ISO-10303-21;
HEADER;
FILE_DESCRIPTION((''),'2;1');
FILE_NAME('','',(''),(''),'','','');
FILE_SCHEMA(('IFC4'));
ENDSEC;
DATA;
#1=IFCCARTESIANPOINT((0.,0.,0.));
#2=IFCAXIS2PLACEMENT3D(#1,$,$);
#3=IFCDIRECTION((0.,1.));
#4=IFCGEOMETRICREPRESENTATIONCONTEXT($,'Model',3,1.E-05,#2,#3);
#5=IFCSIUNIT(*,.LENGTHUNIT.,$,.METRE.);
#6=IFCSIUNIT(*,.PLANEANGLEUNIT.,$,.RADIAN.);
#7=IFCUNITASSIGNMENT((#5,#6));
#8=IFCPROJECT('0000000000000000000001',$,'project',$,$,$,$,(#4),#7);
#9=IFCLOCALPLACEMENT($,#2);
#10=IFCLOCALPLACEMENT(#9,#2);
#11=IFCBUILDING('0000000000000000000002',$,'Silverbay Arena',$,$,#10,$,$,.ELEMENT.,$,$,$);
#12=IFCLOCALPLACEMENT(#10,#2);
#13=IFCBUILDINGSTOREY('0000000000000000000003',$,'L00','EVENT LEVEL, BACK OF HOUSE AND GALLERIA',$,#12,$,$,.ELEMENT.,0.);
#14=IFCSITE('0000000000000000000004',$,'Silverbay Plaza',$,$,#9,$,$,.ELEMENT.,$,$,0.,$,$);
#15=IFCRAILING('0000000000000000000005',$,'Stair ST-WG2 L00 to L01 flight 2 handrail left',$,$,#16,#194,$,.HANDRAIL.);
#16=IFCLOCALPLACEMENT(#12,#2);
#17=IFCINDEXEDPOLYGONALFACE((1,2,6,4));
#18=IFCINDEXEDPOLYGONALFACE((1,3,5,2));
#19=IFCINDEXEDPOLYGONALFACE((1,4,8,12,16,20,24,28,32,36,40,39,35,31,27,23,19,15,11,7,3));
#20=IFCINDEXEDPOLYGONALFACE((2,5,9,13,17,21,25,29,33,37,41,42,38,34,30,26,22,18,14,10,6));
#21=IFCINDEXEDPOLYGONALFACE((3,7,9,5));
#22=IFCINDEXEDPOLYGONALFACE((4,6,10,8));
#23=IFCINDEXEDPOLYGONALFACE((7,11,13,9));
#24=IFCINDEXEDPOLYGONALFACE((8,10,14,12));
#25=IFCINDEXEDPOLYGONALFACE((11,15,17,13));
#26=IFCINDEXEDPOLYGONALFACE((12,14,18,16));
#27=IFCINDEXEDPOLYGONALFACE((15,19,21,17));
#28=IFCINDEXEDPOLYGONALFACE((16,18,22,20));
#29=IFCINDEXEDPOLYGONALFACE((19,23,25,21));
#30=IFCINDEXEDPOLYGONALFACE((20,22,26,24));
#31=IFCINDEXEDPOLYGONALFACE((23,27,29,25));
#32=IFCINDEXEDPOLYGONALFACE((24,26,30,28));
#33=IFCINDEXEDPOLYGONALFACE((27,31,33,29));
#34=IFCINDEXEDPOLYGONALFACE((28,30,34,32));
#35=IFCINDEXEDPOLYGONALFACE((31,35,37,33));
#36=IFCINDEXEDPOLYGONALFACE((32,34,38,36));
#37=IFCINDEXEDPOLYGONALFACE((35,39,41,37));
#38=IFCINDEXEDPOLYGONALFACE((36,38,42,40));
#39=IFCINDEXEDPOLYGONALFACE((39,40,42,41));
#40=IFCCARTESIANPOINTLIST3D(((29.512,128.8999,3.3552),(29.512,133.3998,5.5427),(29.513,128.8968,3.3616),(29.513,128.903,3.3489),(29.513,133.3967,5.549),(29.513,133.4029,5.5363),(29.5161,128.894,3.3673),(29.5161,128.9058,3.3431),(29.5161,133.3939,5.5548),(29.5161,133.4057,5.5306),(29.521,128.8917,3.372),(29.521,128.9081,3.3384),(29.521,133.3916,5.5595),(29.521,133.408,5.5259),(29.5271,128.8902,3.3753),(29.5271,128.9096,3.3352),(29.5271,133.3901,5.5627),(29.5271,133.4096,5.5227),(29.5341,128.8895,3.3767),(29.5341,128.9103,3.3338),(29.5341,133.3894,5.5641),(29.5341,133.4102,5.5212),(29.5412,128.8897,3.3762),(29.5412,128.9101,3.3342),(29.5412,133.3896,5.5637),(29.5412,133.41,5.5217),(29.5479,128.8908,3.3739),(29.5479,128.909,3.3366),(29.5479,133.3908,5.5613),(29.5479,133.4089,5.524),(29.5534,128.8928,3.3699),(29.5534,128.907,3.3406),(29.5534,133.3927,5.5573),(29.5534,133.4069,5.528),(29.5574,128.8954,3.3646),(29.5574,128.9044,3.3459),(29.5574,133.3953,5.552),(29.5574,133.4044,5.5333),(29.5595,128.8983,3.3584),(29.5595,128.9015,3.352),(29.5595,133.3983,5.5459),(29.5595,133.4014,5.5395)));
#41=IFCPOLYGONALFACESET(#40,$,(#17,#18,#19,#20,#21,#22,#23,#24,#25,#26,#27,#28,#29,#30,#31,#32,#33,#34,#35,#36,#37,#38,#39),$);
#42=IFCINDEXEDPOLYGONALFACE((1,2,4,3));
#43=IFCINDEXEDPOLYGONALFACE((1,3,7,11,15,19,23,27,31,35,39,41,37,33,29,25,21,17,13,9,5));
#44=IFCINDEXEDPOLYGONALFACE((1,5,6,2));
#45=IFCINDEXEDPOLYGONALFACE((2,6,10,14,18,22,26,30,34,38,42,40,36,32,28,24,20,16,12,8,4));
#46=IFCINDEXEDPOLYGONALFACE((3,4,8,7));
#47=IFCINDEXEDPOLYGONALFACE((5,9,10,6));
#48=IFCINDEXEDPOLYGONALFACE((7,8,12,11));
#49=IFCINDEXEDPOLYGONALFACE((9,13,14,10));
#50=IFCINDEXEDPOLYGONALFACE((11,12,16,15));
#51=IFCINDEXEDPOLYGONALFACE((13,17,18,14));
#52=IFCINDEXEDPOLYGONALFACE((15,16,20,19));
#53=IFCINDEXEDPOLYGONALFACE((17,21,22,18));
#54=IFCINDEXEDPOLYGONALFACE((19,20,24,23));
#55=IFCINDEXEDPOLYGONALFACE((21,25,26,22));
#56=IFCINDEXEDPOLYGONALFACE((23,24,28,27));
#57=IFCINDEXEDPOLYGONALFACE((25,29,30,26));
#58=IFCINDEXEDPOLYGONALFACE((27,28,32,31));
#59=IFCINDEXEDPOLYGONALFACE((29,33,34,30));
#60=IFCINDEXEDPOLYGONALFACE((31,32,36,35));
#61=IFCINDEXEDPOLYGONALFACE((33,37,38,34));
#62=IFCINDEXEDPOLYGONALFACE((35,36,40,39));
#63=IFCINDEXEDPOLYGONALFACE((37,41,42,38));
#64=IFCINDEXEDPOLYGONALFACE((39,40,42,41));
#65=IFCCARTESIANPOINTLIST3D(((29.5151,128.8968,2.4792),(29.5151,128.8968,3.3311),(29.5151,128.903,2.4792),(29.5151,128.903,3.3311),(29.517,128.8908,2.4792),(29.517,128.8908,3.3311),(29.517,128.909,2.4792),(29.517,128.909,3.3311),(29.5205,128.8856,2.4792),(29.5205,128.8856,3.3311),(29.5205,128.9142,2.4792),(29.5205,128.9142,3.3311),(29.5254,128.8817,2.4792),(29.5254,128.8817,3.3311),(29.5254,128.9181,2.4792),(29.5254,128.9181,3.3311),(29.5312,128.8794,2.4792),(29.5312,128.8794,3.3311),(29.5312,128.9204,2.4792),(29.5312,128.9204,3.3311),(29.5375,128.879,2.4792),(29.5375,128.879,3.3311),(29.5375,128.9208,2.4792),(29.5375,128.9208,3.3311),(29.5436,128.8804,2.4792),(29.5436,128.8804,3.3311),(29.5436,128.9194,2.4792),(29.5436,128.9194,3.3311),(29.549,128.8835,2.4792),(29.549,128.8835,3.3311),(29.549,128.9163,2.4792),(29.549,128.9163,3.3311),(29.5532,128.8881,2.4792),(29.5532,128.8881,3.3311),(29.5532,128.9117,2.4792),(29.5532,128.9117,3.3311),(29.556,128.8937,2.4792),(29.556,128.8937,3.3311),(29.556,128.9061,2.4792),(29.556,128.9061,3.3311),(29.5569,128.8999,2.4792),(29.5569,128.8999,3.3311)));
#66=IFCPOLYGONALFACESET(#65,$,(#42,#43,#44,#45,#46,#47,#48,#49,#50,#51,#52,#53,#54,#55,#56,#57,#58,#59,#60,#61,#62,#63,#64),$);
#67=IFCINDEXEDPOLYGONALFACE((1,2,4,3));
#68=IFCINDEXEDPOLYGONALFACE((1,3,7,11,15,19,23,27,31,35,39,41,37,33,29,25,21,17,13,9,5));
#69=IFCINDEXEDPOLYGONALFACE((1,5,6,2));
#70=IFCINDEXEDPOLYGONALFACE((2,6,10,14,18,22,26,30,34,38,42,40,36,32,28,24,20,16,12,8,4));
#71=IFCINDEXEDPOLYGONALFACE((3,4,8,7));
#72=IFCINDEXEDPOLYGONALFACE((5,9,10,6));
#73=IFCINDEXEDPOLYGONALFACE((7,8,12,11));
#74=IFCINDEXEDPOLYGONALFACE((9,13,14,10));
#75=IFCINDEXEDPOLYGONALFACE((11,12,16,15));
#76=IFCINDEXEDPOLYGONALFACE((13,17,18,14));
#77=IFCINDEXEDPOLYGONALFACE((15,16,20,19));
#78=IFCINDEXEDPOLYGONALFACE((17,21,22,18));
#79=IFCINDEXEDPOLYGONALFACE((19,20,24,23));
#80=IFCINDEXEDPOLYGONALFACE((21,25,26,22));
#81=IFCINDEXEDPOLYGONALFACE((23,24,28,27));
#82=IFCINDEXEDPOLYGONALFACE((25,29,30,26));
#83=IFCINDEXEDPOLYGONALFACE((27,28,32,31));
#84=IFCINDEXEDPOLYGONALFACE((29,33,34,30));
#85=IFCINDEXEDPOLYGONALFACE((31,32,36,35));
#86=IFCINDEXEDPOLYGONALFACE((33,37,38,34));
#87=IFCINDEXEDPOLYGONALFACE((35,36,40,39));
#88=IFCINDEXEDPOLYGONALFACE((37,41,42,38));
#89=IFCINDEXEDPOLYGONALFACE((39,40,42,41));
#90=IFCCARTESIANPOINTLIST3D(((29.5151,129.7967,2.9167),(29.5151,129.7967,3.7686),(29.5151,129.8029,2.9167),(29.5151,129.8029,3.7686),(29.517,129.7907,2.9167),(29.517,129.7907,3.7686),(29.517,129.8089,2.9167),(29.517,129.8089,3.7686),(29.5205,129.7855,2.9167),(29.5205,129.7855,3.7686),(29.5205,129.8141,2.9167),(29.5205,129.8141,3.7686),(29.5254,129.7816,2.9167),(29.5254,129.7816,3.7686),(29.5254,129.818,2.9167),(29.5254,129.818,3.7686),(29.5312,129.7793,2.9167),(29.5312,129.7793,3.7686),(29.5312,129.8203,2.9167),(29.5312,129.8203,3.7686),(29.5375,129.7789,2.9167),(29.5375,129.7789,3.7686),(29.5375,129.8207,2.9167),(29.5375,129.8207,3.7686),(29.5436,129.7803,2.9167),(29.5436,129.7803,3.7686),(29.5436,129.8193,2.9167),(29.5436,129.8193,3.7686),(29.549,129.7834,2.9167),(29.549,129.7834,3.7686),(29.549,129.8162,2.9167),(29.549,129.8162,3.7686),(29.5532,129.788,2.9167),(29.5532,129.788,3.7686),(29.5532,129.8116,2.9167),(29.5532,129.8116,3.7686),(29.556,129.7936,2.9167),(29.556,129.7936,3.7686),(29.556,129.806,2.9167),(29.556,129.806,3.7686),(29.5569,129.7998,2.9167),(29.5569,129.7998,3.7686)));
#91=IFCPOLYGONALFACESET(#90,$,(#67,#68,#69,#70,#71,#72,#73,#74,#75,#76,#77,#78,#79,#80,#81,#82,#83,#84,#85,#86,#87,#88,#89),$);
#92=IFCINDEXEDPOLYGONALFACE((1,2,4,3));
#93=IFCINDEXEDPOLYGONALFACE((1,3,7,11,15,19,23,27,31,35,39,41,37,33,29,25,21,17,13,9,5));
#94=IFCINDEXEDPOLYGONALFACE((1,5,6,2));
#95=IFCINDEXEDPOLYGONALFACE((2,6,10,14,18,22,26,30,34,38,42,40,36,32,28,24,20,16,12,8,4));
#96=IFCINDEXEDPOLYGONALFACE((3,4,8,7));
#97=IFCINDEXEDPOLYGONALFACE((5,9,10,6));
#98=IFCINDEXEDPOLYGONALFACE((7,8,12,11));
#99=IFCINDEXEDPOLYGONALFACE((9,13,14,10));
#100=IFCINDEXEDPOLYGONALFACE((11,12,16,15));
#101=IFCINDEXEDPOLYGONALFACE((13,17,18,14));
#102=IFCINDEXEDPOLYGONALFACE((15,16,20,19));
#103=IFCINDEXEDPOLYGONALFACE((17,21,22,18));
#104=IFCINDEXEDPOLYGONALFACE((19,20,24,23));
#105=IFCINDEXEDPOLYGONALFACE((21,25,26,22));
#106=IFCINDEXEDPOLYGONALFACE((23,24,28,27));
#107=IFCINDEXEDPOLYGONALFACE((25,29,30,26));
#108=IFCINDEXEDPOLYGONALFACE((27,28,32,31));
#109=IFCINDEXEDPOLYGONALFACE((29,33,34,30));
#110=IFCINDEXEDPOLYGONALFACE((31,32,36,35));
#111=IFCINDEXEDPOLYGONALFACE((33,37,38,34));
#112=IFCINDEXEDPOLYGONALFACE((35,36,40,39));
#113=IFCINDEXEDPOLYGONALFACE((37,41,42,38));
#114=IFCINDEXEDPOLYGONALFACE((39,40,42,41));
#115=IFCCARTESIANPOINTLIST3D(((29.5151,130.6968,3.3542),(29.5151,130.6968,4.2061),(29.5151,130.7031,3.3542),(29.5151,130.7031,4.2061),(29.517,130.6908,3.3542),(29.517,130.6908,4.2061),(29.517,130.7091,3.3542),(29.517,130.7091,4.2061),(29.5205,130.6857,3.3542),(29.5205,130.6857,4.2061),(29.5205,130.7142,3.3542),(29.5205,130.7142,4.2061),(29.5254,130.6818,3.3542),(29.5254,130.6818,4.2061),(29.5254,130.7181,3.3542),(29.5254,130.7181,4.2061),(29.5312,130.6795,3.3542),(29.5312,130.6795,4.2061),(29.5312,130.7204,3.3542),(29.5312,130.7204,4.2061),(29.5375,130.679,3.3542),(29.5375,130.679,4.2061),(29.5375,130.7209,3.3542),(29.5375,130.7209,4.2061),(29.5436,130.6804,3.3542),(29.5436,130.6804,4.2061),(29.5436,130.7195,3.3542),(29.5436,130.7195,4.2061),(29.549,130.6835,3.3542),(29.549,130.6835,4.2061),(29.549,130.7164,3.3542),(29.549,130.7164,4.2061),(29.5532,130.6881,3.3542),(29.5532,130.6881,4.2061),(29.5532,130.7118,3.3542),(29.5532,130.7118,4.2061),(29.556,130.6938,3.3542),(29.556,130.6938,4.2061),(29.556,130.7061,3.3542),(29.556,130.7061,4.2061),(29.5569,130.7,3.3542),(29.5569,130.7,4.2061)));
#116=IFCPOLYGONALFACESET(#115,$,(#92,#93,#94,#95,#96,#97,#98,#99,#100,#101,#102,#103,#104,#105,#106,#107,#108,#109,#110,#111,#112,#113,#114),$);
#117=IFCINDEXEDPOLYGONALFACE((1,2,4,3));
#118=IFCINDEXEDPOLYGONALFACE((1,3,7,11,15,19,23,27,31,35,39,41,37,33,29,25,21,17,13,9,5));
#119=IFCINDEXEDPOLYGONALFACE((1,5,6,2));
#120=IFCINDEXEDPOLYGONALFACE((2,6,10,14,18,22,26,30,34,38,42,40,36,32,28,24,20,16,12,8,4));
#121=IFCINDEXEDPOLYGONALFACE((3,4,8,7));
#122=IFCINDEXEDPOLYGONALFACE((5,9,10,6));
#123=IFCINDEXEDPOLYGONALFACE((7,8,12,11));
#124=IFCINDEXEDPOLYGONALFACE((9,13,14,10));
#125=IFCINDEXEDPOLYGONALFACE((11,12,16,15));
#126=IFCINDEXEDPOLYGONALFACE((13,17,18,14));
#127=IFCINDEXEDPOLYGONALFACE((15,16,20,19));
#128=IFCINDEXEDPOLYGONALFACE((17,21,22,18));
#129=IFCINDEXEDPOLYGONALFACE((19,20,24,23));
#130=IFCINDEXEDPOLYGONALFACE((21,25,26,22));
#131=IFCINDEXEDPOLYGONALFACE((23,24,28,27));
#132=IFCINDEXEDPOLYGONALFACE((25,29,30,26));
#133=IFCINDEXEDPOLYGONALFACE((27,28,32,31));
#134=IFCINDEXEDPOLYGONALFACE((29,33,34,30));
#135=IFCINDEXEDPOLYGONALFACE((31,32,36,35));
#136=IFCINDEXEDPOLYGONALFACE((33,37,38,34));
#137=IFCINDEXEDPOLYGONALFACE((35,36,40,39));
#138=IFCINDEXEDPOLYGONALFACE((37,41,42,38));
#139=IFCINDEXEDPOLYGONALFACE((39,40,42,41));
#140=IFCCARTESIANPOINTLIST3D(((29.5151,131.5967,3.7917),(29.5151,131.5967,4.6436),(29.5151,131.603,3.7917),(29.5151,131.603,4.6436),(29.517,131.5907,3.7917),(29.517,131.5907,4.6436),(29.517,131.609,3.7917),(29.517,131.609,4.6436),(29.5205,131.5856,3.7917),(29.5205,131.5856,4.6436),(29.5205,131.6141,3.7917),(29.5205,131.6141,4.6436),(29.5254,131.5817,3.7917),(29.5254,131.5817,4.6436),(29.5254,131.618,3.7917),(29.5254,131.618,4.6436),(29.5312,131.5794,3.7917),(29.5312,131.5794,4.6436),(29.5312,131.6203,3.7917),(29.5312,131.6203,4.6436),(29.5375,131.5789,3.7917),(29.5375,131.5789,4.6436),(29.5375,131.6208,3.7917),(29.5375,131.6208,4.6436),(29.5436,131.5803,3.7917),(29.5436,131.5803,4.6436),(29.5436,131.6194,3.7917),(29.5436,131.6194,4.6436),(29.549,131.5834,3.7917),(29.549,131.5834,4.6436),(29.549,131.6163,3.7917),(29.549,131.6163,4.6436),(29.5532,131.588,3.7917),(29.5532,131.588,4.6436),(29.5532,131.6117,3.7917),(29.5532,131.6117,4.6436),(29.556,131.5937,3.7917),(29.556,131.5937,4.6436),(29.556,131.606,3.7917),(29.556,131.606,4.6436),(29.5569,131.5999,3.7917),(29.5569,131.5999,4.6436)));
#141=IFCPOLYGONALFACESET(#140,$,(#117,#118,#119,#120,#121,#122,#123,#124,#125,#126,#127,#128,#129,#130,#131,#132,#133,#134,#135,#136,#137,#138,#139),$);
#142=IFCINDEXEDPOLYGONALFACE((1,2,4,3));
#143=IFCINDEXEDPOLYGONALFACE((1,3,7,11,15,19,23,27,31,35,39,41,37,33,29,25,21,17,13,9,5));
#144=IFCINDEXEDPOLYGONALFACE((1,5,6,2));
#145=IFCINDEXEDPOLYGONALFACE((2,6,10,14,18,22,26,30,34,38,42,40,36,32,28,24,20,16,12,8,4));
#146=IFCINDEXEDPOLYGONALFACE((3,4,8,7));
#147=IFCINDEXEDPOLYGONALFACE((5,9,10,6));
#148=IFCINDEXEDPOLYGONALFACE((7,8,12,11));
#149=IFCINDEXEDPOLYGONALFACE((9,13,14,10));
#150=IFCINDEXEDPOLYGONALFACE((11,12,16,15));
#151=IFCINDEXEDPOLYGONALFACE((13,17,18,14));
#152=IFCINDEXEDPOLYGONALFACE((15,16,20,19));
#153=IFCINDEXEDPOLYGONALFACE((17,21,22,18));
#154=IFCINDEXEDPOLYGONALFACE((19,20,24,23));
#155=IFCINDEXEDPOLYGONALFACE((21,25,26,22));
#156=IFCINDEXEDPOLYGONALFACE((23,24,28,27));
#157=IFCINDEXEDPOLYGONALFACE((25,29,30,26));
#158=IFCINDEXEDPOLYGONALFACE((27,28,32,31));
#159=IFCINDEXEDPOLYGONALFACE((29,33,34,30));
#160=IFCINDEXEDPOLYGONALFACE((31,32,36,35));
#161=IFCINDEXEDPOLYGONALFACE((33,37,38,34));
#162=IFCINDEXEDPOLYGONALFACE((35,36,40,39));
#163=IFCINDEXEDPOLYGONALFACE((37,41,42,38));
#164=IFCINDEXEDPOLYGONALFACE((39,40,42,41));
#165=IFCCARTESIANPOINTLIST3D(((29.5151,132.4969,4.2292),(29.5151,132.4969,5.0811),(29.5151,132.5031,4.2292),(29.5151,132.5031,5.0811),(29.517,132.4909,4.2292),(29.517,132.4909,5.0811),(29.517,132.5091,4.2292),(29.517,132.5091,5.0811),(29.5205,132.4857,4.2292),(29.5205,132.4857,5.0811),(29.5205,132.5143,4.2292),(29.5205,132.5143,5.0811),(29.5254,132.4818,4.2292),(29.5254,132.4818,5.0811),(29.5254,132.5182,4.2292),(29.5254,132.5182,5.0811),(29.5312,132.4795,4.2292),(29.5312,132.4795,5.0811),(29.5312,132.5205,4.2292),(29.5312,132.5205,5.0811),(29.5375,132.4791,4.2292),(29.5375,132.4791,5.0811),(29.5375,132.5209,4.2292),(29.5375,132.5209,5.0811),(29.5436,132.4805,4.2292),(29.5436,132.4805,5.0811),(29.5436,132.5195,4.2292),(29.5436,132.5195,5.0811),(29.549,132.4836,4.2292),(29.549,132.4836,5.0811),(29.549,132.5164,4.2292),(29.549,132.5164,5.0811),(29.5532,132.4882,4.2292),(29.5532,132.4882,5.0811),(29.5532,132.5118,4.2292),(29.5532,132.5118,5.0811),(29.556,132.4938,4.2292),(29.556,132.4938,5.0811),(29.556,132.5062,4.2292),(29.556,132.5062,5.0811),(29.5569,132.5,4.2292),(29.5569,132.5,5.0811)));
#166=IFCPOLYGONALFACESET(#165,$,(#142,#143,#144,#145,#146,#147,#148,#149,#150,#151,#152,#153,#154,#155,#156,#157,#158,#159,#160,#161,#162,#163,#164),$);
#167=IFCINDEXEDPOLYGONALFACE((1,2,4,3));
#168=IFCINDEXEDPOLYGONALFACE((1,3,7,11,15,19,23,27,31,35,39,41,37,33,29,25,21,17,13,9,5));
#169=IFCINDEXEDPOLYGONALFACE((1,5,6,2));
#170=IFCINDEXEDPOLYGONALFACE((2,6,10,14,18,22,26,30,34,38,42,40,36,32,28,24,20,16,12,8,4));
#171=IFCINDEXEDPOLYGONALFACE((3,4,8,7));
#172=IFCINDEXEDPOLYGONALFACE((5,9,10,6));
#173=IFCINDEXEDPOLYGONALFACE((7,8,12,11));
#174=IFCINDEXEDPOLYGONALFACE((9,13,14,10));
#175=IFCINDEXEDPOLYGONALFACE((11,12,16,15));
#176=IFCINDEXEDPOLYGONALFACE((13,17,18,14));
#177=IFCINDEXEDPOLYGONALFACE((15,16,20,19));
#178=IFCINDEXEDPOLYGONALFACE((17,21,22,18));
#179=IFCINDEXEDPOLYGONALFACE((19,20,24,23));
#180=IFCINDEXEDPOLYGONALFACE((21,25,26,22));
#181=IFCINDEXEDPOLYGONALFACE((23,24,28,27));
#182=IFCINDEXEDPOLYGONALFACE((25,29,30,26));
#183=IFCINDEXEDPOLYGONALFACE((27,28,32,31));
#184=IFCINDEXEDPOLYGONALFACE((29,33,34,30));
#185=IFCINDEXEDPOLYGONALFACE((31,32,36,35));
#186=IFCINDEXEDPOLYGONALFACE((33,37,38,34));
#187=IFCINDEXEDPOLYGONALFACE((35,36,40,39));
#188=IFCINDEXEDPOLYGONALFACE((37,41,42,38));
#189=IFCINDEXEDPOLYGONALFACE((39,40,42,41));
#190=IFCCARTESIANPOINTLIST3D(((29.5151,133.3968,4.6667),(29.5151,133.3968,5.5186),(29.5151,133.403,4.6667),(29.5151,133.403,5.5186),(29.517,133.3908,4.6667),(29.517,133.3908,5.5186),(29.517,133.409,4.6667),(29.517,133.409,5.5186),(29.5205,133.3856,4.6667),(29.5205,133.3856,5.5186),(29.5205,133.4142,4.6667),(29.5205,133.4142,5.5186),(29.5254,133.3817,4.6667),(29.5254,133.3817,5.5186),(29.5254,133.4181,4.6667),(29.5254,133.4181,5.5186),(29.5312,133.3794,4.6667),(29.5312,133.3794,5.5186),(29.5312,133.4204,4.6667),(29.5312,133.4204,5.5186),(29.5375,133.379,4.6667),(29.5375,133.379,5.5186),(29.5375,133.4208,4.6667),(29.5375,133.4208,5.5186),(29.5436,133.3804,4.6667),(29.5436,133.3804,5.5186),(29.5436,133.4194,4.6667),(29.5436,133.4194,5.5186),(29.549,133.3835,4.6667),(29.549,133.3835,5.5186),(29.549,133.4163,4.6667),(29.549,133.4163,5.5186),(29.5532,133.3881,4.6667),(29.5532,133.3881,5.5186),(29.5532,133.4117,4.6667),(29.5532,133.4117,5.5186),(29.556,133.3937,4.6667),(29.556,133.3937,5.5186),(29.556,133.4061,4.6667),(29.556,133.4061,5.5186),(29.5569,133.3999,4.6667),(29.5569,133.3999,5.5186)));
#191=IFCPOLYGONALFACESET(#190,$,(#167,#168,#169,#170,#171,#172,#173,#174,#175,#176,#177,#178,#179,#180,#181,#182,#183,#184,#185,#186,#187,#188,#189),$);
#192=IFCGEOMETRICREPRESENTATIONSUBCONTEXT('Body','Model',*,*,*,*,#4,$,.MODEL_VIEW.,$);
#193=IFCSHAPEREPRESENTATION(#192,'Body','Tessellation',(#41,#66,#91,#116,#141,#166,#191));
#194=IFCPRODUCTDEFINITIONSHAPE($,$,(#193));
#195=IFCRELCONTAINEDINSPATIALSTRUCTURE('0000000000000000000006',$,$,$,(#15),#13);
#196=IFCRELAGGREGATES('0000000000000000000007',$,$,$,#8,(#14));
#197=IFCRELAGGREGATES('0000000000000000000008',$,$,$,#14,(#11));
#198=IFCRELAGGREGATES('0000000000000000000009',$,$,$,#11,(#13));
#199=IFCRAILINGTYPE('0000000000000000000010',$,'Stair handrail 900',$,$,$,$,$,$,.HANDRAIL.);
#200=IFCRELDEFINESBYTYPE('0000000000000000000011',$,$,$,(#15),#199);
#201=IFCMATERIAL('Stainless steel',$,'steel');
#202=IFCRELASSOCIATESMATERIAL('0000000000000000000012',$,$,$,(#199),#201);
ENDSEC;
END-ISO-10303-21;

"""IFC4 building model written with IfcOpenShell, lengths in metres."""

from ifc_helpers import new_model, si_unit, direction, frame, origin, origin_2d, place, context, subcontext, project, spatial, circle, extrude, material, type_object, element, save


model = new_model("IFC4")

# Units and contexts
model_context = context("Model", 3, precision=1e-05, world=origin(), true_north=direction((0.0, 1.0)))
body_context = subcontext(model_context, "Body", "Model", "MODEL_VIEW")
ifc_project = project(units=[si_unit("LENGTHUNIT", "METRE"), si_unit("PLANEANGLEUNIT", "RADIAN")], contexts=[model_context])

# Site, building, storey
site_placement = place(None, origin())
site = spatial("IfcSite", under=ifc_project, at=site_placement, Name="Silverbay Plaza", CompositionType="ELEMENT", RefElevation=0.0)
building_placement = place(site_placement, origin())
building = spatial("IfcBuilding", under=site, at=building_placement, Name="Silverbay Arena", CompositionType="ELEMENT")
storey_placement = place(building_placement, origin())
storey = spatial("IfcBuildingStorey", under=building, at=storey_placement, Name="L00", Description="EVENT LEVEL, BACK OF HOUSE AND GALLERIA", CompositionType="ELEMENT", Elevation=0.0)

# Railing
ifc_material_1 = material(Name="Stainless steel", Category="steel")
railing_type_1 = type_object("IfcRailingType", Name="Stair handrail 900", PredefinedType="HANDRAIL", material=ifc_material_1)
railing_1_placement = place(storey_placement, frame((29.5359, 128.8999, 2.4792)))
element("IfcRailing", 1, at=railing_1_placement, inside=storey, type_object=railing_type_1, Name="Stair ST-WG2 L00 to L01 flight 2 handrail left", PredefinedType="HANDRAIL", context=body_context, shape_type="SweptSolid", body=[
    extrude(circle(Radius=0.0239, at=origin_2d()), frame((0.0, 0.0, 0.876), z_axis=(0.0, 0.899368, 0.437193), x_axis=(-1.0, 0.0, 0.0)), (0.0, 0.0, 1.0), 5.0034),
    extrude(circle(Radius=0.021, at=origin_2d()), origin(), (0.0, 0.0, 1.0), 0.8518),
    extrude(circle(Radius=0.021, at=origin_2d()), frame((0.0, 0.8999, 0.4375)), (0.0, 0.0, 1.0), 0.8518),
    extrude(circle(Radius=0.021, at=origin_2d()), frame((0.0, 1.8, 0.875)), (0.0, 0.0, 1.0), 0.8518),
    extrude(circle(Radius=0.021, at=origin_2d()), frame((0.0, 2.7, 1.3125)), (0.0, 0.0, 1.0), 0.8518),
    extrude(circle(Radius=0.021, at=origin_2d()), frame((0.0, 3.6001, 1.75)), (0.0, 0.0, 1.0), 0.8518),
    extrude(circle(Radius=0.021, at=origin_2d()), frame((0.0, 4.5, 2.1875)), (0.0, 0.0, 1.0), 0.8518),
])

save(model, "model.ifc")
